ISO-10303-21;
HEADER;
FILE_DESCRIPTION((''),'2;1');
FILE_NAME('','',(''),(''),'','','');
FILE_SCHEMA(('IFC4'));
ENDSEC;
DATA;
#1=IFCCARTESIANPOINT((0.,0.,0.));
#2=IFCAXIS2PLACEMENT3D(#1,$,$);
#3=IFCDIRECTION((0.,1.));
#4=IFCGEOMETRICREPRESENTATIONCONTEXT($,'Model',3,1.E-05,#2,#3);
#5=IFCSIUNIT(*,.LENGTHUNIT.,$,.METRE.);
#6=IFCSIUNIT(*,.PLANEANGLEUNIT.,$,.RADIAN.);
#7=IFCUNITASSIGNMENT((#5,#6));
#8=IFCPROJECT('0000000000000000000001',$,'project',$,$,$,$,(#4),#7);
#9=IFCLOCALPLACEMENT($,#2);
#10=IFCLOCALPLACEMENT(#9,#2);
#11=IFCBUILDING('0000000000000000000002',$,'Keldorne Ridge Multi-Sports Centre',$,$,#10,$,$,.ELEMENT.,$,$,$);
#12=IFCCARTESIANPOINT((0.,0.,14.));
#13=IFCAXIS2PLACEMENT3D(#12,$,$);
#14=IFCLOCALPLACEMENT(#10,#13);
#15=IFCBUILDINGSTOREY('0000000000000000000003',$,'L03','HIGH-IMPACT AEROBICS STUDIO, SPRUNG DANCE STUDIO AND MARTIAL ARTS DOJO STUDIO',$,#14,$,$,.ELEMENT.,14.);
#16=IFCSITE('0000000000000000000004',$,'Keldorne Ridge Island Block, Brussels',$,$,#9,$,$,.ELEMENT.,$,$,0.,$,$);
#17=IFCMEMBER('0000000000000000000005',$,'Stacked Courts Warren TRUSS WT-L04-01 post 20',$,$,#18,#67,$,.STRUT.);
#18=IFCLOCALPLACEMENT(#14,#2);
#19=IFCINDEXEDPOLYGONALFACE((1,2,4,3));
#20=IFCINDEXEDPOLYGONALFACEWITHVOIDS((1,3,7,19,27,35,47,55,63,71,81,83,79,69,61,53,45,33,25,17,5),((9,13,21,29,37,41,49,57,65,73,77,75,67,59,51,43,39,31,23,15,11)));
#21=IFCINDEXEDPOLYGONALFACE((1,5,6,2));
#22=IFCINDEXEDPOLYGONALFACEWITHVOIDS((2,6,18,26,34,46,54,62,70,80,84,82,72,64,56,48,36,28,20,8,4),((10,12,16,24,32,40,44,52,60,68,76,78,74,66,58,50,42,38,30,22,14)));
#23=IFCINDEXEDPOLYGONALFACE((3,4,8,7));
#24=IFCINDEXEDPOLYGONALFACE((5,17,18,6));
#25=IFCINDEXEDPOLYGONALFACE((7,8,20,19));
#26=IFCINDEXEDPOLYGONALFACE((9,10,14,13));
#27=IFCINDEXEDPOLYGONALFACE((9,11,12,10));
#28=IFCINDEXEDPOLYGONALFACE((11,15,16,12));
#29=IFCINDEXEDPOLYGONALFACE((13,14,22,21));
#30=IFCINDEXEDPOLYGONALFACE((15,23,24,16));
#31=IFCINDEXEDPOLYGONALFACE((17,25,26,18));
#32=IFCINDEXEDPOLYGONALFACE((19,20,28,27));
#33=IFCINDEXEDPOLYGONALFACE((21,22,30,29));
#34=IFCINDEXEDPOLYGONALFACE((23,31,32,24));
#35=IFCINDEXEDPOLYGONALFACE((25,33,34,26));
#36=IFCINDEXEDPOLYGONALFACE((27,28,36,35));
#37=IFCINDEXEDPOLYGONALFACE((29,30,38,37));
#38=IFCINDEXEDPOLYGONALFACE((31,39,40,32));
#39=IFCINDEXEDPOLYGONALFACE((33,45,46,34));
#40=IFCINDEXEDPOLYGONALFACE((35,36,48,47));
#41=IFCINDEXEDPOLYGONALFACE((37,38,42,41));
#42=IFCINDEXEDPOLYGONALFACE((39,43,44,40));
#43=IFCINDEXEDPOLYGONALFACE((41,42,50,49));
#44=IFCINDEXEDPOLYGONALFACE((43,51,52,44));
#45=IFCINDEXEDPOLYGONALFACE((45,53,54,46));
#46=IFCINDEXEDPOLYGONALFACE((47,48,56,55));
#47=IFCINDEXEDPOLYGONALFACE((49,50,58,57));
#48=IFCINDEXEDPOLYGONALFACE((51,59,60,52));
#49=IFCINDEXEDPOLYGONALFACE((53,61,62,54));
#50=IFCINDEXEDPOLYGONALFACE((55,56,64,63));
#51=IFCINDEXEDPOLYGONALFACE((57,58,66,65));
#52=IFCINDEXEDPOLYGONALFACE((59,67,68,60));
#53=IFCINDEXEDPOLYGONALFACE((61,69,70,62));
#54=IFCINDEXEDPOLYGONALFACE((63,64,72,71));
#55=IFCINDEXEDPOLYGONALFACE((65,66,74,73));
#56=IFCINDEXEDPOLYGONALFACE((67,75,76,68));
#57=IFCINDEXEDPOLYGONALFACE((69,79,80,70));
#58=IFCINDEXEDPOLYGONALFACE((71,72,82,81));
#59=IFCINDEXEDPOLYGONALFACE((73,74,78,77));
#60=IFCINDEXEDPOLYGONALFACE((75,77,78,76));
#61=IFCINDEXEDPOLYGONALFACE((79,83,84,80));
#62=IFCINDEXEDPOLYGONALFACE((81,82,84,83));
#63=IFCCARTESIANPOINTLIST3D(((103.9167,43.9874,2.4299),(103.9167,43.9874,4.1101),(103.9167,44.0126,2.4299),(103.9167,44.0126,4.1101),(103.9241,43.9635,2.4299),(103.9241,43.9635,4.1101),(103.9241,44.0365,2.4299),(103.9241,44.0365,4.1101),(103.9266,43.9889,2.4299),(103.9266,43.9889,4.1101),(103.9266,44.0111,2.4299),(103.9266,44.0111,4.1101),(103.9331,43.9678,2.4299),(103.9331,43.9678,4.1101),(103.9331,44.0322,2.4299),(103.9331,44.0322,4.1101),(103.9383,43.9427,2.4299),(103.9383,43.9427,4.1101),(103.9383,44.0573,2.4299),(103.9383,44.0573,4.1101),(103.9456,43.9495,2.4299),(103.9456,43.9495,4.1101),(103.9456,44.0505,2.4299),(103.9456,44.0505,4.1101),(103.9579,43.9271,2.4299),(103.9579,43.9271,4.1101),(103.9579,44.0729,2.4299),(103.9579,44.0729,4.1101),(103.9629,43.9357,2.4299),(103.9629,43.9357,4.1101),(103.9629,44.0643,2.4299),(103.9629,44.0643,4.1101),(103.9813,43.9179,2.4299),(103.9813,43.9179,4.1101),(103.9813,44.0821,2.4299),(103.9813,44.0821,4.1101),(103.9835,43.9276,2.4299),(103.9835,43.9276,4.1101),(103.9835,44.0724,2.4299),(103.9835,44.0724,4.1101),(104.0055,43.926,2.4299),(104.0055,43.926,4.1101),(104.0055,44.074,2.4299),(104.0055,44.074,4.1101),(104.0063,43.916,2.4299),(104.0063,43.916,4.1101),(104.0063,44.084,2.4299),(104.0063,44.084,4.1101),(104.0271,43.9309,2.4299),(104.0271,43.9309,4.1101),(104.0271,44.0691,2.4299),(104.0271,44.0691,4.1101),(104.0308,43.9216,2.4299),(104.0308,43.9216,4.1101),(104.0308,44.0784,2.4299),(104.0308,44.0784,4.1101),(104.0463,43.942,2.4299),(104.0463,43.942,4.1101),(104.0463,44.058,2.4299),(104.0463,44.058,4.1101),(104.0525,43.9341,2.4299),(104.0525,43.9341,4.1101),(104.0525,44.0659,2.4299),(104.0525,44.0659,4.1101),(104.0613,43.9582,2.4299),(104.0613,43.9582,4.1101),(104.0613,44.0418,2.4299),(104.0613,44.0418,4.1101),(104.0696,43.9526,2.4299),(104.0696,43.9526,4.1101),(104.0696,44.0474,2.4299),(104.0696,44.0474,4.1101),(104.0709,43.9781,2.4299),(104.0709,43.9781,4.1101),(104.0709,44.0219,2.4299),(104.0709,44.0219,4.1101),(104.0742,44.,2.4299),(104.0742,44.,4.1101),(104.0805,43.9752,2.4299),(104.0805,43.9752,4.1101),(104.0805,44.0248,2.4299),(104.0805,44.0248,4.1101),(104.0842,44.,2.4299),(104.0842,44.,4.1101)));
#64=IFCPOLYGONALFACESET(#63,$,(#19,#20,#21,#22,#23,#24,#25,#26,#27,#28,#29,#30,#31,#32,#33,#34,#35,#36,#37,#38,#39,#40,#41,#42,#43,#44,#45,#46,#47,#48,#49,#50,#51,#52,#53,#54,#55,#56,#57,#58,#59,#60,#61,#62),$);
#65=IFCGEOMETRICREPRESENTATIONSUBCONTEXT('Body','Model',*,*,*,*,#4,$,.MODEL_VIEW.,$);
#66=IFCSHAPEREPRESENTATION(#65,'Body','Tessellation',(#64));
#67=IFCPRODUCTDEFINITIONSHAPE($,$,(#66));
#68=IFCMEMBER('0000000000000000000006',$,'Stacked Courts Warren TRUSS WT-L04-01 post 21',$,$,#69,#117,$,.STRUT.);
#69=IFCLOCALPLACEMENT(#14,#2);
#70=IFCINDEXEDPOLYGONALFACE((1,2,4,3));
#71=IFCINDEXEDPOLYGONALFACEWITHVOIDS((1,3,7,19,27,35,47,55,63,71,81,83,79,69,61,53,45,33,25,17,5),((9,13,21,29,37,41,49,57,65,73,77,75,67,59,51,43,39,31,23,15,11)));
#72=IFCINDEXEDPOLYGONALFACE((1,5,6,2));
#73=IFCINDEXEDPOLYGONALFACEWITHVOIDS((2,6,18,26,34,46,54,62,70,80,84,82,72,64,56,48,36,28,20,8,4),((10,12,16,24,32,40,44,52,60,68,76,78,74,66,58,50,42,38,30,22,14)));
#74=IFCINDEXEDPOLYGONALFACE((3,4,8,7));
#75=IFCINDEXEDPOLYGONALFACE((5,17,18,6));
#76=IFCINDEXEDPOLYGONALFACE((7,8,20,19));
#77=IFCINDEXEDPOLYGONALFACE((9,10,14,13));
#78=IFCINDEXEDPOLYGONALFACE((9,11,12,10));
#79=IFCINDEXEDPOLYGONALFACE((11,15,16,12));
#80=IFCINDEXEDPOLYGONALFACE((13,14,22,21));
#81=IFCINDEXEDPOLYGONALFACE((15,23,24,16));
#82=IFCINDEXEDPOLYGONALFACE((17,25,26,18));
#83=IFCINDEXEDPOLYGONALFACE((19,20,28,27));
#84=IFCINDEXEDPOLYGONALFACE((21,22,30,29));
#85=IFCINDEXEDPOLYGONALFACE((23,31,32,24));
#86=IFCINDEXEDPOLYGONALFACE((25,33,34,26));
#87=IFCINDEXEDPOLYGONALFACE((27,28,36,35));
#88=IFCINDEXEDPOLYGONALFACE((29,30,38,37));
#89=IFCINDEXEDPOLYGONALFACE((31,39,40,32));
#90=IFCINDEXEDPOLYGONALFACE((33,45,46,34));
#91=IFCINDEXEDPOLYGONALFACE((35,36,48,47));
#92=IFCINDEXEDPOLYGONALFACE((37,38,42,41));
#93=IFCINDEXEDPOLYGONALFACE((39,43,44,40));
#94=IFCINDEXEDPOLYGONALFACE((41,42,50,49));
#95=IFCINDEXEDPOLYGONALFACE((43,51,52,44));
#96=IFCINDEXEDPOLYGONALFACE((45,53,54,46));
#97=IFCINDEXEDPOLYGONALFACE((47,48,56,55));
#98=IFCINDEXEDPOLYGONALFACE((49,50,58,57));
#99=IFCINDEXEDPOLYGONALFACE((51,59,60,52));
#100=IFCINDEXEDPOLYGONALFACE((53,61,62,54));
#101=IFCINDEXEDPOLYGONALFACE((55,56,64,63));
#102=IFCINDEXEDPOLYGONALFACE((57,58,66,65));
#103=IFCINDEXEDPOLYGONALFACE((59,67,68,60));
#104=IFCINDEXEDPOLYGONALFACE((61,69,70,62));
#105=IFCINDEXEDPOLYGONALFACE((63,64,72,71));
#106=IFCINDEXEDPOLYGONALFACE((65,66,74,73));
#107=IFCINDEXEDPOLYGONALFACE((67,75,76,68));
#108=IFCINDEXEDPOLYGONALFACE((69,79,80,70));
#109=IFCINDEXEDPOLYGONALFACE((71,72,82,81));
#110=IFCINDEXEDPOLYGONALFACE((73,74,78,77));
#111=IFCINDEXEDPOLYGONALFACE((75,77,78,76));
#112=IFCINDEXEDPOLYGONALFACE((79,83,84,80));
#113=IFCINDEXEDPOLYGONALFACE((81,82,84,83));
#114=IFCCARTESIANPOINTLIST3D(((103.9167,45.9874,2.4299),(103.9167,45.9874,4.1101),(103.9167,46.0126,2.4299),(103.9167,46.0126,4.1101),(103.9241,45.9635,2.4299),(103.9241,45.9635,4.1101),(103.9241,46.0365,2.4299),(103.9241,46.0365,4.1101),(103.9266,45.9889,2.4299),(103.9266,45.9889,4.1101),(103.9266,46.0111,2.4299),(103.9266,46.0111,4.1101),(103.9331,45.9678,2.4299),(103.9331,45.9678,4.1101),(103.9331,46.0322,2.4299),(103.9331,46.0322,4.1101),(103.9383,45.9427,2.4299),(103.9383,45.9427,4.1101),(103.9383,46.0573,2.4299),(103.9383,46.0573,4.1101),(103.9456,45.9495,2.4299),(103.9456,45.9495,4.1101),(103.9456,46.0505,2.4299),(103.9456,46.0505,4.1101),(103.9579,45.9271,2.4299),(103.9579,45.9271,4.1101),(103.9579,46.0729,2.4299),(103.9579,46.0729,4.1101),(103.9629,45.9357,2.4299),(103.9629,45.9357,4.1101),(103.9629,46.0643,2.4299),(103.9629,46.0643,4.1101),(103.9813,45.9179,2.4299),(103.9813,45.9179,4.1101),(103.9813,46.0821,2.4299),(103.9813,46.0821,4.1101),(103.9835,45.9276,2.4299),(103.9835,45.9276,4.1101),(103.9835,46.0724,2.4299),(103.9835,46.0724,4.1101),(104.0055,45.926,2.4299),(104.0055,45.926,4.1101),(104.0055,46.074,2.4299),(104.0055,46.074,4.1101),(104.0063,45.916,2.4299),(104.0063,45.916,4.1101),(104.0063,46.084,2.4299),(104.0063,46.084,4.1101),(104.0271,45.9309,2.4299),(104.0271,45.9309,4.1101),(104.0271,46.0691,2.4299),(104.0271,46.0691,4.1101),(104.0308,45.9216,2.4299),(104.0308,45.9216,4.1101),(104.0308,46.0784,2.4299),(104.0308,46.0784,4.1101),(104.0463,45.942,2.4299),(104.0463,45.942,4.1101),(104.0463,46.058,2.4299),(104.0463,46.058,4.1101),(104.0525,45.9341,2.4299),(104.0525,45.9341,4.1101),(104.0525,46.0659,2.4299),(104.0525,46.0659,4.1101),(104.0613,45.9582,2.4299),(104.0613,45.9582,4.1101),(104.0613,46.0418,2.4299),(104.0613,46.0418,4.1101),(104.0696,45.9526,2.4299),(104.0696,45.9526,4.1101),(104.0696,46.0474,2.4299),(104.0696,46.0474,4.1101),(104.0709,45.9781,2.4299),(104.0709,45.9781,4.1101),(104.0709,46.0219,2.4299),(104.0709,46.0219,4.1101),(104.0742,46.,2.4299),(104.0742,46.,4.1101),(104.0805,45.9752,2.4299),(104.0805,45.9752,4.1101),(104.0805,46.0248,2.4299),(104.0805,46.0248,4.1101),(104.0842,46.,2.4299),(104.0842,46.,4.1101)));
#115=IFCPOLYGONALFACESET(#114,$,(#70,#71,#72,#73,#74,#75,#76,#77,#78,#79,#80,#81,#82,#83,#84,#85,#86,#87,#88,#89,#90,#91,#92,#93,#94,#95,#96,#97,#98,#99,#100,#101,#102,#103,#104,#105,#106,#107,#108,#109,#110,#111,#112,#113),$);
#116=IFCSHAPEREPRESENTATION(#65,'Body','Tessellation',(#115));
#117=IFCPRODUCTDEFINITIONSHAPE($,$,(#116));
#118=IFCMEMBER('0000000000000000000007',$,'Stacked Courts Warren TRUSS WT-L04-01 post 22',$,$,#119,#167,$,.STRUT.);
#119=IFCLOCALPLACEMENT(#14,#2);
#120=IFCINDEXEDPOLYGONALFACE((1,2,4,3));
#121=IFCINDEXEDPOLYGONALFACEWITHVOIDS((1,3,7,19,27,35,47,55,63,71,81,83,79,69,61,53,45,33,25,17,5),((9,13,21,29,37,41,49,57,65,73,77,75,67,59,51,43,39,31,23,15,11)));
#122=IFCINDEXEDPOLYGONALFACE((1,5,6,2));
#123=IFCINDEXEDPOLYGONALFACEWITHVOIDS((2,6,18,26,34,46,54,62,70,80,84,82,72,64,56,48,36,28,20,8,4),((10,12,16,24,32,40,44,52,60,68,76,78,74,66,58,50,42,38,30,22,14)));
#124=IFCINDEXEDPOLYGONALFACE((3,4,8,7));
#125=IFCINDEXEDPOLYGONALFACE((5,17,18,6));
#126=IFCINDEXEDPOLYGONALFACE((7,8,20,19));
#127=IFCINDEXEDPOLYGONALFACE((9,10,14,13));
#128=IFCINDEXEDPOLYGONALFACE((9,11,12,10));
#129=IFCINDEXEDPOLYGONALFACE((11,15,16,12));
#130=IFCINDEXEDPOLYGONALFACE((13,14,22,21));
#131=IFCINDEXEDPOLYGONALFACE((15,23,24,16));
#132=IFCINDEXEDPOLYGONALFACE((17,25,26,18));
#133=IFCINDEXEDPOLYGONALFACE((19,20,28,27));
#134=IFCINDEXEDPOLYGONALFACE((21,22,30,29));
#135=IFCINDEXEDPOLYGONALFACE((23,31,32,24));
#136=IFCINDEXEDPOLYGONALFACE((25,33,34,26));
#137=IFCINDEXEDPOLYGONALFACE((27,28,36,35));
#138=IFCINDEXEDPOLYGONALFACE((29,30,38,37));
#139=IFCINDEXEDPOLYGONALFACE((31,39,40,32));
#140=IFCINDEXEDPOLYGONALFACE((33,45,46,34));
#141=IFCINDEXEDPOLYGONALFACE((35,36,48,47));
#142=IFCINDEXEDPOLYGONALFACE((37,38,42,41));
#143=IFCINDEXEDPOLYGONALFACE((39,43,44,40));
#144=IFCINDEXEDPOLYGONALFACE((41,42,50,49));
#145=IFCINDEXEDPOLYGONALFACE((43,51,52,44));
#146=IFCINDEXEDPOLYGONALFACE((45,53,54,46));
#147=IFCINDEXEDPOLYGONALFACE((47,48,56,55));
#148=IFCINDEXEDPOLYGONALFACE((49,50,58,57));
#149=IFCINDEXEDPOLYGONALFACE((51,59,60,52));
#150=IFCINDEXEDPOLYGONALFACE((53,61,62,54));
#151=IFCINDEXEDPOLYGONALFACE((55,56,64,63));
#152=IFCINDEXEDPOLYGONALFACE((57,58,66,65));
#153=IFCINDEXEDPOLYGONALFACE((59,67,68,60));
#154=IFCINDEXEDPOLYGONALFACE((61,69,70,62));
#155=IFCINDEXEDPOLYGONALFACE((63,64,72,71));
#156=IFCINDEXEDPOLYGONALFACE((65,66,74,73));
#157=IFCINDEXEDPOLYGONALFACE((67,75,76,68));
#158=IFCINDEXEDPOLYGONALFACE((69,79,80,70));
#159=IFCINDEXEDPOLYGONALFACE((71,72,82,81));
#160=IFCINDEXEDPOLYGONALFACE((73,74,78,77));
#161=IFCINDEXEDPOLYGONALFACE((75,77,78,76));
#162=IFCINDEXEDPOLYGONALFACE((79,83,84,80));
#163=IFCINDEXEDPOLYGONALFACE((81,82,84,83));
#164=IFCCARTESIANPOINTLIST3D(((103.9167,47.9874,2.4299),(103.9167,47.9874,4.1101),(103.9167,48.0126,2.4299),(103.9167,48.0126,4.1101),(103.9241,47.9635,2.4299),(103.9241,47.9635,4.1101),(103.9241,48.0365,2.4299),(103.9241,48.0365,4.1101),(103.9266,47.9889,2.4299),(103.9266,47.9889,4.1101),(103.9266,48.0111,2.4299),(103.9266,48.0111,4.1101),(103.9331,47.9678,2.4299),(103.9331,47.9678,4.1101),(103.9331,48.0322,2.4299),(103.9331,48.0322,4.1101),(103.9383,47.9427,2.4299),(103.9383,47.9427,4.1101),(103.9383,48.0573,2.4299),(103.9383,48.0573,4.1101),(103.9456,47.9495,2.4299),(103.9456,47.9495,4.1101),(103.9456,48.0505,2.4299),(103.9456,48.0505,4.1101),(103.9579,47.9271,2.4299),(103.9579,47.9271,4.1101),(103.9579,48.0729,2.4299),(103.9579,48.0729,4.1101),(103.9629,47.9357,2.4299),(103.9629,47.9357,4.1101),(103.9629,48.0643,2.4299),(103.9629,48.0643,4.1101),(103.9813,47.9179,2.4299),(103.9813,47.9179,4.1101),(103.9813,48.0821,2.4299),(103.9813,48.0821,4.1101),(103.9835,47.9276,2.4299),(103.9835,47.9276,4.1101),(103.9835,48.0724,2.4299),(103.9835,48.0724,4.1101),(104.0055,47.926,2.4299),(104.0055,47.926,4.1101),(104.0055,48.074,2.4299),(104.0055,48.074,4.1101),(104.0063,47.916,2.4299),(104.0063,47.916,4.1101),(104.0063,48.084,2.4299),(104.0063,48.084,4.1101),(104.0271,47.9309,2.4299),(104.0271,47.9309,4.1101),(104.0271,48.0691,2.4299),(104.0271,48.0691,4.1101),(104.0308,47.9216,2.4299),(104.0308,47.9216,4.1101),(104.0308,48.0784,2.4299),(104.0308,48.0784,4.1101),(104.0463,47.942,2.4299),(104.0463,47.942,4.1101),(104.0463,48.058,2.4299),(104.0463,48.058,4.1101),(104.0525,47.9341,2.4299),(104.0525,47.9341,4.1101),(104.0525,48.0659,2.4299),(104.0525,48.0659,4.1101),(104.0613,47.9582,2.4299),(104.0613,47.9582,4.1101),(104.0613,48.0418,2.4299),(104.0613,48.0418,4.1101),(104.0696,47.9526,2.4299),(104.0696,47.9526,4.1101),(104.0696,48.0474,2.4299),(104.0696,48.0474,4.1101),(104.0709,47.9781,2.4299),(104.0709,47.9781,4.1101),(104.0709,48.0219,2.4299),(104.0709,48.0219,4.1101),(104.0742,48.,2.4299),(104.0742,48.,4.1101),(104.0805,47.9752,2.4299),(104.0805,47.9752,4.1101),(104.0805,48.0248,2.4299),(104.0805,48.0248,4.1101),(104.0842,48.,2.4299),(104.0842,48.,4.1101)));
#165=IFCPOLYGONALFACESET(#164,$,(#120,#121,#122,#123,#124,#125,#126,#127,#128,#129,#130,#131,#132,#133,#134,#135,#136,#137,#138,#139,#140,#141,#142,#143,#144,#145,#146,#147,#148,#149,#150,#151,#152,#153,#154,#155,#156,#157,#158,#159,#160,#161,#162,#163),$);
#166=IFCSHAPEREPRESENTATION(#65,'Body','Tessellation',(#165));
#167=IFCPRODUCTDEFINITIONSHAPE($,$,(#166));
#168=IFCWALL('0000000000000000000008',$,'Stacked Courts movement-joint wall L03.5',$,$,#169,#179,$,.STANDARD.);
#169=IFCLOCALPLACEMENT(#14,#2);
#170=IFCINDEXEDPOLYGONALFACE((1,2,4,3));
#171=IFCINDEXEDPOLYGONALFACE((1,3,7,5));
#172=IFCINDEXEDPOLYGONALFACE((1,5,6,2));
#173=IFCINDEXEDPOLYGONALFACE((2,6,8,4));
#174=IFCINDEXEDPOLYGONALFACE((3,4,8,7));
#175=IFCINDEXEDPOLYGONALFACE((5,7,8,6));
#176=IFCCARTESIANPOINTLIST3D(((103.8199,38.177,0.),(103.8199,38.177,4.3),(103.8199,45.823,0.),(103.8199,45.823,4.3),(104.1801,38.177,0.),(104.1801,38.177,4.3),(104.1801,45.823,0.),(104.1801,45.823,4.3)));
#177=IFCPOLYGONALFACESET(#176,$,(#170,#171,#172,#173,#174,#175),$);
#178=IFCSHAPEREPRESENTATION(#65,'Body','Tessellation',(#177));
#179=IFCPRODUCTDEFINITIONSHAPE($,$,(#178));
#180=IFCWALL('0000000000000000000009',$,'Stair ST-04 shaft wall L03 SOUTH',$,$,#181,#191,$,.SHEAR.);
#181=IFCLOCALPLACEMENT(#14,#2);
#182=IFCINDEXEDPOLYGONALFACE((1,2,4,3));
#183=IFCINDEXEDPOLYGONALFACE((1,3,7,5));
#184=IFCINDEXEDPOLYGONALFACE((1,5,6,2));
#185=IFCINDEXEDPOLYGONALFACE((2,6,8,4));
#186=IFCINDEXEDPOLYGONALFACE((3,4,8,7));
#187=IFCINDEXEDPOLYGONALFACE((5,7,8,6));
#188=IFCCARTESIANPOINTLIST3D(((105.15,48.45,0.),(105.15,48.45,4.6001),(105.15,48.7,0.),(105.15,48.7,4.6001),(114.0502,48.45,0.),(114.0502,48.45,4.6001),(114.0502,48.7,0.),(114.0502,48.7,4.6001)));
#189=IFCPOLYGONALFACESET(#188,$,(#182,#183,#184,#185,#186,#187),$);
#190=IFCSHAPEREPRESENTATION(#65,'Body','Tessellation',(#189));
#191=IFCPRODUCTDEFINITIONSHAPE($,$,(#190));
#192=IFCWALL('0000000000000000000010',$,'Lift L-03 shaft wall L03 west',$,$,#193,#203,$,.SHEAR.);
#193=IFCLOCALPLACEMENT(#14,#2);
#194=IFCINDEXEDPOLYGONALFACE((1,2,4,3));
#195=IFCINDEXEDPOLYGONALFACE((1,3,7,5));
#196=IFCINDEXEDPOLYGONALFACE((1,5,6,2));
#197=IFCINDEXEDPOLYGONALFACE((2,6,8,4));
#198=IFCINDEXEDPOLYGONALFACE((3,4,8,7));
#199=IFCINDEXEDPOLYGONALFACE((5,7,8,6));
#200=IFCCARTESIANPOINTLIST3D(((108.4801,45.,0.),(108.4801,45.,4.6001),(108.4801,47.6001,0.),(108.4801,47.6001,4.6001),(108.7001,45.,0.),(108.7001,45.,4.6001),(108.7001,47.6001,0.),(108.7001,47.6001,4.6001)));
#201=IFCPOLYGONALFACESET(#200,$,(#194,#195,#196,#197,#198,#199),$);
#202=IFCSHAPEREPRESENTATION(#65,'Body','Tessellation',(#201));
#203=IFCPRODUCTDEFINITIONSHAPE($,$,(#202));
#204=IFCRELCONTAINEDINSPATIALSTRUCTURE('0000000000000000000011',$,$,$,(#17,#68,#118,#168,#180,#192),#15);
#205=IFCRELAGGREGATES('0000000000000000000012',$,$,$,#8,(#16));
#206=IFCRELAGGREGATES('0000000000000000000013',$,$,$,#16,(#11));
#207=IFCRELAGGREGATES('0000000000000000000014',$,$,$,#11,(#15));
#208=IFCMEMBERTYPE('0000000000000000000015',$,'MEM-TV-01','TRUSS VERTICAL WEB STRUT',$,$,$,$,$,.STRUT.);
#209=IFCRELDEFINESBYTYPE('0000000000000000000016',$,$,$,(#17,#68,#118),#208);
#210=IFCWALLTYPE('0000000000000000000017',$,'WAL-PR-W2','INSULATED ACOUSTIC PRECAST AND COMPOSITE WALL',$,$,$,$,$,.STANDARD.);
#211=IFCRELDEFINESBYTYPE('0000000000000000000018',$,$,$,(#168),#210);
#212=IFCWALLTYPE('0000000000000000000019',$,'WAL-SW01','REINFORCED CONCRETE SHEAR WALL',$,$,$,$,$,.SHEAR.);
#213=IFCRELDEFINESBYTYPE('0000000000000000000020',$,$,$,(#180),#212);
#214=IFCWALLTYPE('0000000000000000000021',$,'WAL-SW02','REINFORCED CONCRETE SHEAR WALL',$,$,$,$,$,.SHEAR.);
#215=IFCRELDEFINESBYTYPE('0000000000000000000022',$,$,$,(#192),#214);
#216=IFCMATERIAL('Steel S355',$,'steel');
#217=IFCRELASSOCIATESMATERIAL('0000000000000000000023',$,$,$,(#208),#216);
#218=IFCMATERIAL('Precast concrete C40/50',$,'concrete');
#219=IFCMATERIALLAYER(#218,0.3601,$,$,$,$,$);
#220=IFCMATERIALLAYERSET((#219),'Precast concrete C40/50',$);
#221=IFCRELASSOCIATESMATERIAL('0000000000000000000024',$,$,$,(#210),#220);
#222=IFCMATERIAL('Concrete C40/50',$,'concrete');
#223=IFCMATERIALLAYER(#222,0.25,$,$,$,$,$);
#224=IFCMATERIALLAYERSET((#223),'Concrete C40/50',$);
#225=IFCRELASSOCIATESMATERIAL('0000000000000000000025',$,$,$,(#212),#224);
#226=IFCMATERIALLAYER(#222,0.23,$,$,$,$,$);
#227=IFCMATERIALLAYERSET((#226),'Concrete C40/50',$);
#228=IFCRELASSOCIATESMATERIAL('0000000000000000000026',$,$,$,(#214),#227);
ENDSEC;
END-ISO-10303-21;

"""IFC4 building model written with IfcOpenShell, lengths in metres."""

from ifc_helpers import new_model, si_unit, direction, frame, frame_2d, origin, origin_2d, place, context, subcontext, project, spatial, rectangle, hollow_circle, extrude, material, layer, layer_set, material_profile, profile_set, type_object, element, save


model = new_model("IFC4")

# Units and contexts
model_context = context("Model", 3, precision=1e-05, world=origin(), true_north=direction((0.0, 1.0)))
body_context = subcontext(model_context, "Body", "Model", "MODEL_VIEW")
ifc_project = project(units=[si_unit("LENGTHUNIT", "METRE"), si_unit("PLANEANGLEUNIT", "RADIAN")], contexts=[model_context])

# Site, building, storey
site_placement = place(None, origin())
site = spatial("IfcSite", under=ifc_project, at=site_placement, Name="Keldorne Ridge Island Block, Brussels", CompositionType="ELEMENT", RefElevation=0.0)
building_placement = place(site_placement, origin())
building = spatial("IfcBuilding", under=site, at=building_placement, Name="Keldorne Ridge Multi-Sports Centre", CompositionType="ELEMENT")
storey_placement = place(building_placement, frame((0.0, 0.0, 14.0)))
storey = spatial("IfcBuildingStorey", under=building, at=storey_placement, Name="L03", Description="HIGH-IMPACT AEROBICS STUDIO, SPRUNG DANCE STUDIO AND MARTIAL ARTS DOJO STUDIO", CompositionType="ELEMENT", Elevation=14.0)

# Shared definitions
ifc_material_1 = material(Name="Steel S355", Category="steel")

# Members
ifc_material_profile_1 = material_profile(ifc_material_1, hollow_circle(Radius=0.0842, WallThickness=0.01, at=origin_2d()), Name="CHS 168.3x10")
ifc_profile_set_1 = profile_set([ifc_material_profile_1], Name="Steel S355")
member_type_1 = type_object("IfcMemberType", Name="MEM-TV-01", Description="TRUSS VERTICAL WEB STRUT", PredefinedType="STRUT", material=ifc_profile_set_1)
for number, where, z_axis, x_axis, name in (
    (1, (104.0, 44.0, 2.4299), (0.0, 0.0, 1.0), (1.0, 0.0, 0.0), "Stacked Courts Warren TRUSS WT-L04-01 post 20"),
    (2, (104.0, 46.0, 2.4299), (0.0, 0.0, 1.0), (1.0, 0.0, 0.0), "Stacked Courts Warren TRUSS WT-L04-01 post 21"),
    (3, (104.0, 48.0, 2.4299), (0.0, 0.0, 1.0), (1.0, 0.0, 0.0), "Stacked Courts Warren TRUSS WT-L04-01 post 22"),
):
    element("IfcMember", number, at=place(storey_placement, frame(where, z_axis=z_axis, x_axis=x_axis)), inside=storey, type_object=member_type_1, Name=name, PredefinedType="STRUT", context=body_context, shape_type="SweptSolid", body=[
        extrude(hollow_circle(Radius=0.0842, WallThickness=0.01, at=origin_2d()), origin(), (0.0, 0.0, 1.0), 1.6802),
    ])

# Walls
ifc_material_2 = material(Name="Precast concrete C40/50", Category="concrete")
ifc_layer_1 = layer(ifc_material_2, 0.3601)
ifc_layer_set_1 = layer_set([ifc_layer_1], Name="Precast concrete C40/50")
wall_type_1 = type_object("IfcWallType", Name="WAL-PR-W2", Description="INSULATED ACOUSTIC PRECAST AND COMPOSITE WALL", PredefinedType="STANDARD", material=ifc_layer_set_1)
wall_1_placement = place(storey_placement, frame((104.0, 45.823, 0.0), z_axis=(0.0, 0.0, 1.0), x_axis=(0.0, -1.0, 0.0)))
element("IfcWall", 4, at=wall_1_placement, inside=storey, type_object=wall_type_1, Name="Stacked Courts movement-joint wall L03.5", PredefinedType="STANDARD", context=body_context, shape_type="SweptSolid", body=[
    extrude(rectangle(XDim=7.646, YDim=0.3601, at=frame_2d((3.823, 0.0))), origin(), (0.0, 0.0, 1.0), 4.3),
])
ifc_material_3 = material(Name="Concrete C40/50", Category="concrete")
ifc_layer_2 = layer(ifc_material_3, 0.25)
ifc_layer_set_2 = layer_set([ifc_layer_2], Name="Concrete C40/50")
wall_type_2 = type_object("IfcWallType", Name="WAL-SW01", Description="REINFORCED CONCRETE SHEAR WALL", PredefinedType="SHEAR", material=ifc_layer_set_2)
wall_2_placement = place(storey_placement, frame((105.1499, 48.575, 0.0), z_axis=(0.0, 0.0, 1.0), x_axis=(1.0, 0.0, 0.0)))
element("IfcWall", 5, at=wall_2_placement, inside=storey, type_object=wall_type_2, Name="Stair ST-04 shaft wall L03 SOUTH", PredefinedType="SHEAR", context=body_context, shape_type="SweptSolid", body=[
    extrude(rectangle(XDim=8.9001, YDim=0.25, at=frame_2d((4.4502, 0.0))), origin(), (0.0, 0.0, 1.0), 4.6001),
])

# Shared definitions
ifc_layer_3 = layer(ifc_material_3, 0.23)
ifc_layer_set_3 = layer_set([ifc_layer_3], Name="Concrete C40/50")
wall_type_3 = type_object("IfcWallType", Name="WAL-SW02", Description="REINFORCED CONCRETE SHEAR WALL", PredefinedType="SHEAR", material=ifc_layer_set_3)

# Wall
wall_3_placement = place(storey_placement, frame((108.5901, 47.6001, 0.0), z_axis=(0.0, 0.0, 1.0), x_axis=(0.0, -1.0, 0.0)))
element("IfcWall", 6, at=wall_3_placement, inside=storey, type_object=wall_type_3, Name="Lift L-03 shaft wall L03 west", PredefinedType="SHEAR", context=body_context, shape_type="SweptSolid", body=[
    extrude(rectangle(XDim=2.6001, YDim=0.22, at=frame_2d((1.3, 0.0))), origin(), (0.0, 0.0, 1.0), 4.6001),
])

save(model, "model.ifc")
